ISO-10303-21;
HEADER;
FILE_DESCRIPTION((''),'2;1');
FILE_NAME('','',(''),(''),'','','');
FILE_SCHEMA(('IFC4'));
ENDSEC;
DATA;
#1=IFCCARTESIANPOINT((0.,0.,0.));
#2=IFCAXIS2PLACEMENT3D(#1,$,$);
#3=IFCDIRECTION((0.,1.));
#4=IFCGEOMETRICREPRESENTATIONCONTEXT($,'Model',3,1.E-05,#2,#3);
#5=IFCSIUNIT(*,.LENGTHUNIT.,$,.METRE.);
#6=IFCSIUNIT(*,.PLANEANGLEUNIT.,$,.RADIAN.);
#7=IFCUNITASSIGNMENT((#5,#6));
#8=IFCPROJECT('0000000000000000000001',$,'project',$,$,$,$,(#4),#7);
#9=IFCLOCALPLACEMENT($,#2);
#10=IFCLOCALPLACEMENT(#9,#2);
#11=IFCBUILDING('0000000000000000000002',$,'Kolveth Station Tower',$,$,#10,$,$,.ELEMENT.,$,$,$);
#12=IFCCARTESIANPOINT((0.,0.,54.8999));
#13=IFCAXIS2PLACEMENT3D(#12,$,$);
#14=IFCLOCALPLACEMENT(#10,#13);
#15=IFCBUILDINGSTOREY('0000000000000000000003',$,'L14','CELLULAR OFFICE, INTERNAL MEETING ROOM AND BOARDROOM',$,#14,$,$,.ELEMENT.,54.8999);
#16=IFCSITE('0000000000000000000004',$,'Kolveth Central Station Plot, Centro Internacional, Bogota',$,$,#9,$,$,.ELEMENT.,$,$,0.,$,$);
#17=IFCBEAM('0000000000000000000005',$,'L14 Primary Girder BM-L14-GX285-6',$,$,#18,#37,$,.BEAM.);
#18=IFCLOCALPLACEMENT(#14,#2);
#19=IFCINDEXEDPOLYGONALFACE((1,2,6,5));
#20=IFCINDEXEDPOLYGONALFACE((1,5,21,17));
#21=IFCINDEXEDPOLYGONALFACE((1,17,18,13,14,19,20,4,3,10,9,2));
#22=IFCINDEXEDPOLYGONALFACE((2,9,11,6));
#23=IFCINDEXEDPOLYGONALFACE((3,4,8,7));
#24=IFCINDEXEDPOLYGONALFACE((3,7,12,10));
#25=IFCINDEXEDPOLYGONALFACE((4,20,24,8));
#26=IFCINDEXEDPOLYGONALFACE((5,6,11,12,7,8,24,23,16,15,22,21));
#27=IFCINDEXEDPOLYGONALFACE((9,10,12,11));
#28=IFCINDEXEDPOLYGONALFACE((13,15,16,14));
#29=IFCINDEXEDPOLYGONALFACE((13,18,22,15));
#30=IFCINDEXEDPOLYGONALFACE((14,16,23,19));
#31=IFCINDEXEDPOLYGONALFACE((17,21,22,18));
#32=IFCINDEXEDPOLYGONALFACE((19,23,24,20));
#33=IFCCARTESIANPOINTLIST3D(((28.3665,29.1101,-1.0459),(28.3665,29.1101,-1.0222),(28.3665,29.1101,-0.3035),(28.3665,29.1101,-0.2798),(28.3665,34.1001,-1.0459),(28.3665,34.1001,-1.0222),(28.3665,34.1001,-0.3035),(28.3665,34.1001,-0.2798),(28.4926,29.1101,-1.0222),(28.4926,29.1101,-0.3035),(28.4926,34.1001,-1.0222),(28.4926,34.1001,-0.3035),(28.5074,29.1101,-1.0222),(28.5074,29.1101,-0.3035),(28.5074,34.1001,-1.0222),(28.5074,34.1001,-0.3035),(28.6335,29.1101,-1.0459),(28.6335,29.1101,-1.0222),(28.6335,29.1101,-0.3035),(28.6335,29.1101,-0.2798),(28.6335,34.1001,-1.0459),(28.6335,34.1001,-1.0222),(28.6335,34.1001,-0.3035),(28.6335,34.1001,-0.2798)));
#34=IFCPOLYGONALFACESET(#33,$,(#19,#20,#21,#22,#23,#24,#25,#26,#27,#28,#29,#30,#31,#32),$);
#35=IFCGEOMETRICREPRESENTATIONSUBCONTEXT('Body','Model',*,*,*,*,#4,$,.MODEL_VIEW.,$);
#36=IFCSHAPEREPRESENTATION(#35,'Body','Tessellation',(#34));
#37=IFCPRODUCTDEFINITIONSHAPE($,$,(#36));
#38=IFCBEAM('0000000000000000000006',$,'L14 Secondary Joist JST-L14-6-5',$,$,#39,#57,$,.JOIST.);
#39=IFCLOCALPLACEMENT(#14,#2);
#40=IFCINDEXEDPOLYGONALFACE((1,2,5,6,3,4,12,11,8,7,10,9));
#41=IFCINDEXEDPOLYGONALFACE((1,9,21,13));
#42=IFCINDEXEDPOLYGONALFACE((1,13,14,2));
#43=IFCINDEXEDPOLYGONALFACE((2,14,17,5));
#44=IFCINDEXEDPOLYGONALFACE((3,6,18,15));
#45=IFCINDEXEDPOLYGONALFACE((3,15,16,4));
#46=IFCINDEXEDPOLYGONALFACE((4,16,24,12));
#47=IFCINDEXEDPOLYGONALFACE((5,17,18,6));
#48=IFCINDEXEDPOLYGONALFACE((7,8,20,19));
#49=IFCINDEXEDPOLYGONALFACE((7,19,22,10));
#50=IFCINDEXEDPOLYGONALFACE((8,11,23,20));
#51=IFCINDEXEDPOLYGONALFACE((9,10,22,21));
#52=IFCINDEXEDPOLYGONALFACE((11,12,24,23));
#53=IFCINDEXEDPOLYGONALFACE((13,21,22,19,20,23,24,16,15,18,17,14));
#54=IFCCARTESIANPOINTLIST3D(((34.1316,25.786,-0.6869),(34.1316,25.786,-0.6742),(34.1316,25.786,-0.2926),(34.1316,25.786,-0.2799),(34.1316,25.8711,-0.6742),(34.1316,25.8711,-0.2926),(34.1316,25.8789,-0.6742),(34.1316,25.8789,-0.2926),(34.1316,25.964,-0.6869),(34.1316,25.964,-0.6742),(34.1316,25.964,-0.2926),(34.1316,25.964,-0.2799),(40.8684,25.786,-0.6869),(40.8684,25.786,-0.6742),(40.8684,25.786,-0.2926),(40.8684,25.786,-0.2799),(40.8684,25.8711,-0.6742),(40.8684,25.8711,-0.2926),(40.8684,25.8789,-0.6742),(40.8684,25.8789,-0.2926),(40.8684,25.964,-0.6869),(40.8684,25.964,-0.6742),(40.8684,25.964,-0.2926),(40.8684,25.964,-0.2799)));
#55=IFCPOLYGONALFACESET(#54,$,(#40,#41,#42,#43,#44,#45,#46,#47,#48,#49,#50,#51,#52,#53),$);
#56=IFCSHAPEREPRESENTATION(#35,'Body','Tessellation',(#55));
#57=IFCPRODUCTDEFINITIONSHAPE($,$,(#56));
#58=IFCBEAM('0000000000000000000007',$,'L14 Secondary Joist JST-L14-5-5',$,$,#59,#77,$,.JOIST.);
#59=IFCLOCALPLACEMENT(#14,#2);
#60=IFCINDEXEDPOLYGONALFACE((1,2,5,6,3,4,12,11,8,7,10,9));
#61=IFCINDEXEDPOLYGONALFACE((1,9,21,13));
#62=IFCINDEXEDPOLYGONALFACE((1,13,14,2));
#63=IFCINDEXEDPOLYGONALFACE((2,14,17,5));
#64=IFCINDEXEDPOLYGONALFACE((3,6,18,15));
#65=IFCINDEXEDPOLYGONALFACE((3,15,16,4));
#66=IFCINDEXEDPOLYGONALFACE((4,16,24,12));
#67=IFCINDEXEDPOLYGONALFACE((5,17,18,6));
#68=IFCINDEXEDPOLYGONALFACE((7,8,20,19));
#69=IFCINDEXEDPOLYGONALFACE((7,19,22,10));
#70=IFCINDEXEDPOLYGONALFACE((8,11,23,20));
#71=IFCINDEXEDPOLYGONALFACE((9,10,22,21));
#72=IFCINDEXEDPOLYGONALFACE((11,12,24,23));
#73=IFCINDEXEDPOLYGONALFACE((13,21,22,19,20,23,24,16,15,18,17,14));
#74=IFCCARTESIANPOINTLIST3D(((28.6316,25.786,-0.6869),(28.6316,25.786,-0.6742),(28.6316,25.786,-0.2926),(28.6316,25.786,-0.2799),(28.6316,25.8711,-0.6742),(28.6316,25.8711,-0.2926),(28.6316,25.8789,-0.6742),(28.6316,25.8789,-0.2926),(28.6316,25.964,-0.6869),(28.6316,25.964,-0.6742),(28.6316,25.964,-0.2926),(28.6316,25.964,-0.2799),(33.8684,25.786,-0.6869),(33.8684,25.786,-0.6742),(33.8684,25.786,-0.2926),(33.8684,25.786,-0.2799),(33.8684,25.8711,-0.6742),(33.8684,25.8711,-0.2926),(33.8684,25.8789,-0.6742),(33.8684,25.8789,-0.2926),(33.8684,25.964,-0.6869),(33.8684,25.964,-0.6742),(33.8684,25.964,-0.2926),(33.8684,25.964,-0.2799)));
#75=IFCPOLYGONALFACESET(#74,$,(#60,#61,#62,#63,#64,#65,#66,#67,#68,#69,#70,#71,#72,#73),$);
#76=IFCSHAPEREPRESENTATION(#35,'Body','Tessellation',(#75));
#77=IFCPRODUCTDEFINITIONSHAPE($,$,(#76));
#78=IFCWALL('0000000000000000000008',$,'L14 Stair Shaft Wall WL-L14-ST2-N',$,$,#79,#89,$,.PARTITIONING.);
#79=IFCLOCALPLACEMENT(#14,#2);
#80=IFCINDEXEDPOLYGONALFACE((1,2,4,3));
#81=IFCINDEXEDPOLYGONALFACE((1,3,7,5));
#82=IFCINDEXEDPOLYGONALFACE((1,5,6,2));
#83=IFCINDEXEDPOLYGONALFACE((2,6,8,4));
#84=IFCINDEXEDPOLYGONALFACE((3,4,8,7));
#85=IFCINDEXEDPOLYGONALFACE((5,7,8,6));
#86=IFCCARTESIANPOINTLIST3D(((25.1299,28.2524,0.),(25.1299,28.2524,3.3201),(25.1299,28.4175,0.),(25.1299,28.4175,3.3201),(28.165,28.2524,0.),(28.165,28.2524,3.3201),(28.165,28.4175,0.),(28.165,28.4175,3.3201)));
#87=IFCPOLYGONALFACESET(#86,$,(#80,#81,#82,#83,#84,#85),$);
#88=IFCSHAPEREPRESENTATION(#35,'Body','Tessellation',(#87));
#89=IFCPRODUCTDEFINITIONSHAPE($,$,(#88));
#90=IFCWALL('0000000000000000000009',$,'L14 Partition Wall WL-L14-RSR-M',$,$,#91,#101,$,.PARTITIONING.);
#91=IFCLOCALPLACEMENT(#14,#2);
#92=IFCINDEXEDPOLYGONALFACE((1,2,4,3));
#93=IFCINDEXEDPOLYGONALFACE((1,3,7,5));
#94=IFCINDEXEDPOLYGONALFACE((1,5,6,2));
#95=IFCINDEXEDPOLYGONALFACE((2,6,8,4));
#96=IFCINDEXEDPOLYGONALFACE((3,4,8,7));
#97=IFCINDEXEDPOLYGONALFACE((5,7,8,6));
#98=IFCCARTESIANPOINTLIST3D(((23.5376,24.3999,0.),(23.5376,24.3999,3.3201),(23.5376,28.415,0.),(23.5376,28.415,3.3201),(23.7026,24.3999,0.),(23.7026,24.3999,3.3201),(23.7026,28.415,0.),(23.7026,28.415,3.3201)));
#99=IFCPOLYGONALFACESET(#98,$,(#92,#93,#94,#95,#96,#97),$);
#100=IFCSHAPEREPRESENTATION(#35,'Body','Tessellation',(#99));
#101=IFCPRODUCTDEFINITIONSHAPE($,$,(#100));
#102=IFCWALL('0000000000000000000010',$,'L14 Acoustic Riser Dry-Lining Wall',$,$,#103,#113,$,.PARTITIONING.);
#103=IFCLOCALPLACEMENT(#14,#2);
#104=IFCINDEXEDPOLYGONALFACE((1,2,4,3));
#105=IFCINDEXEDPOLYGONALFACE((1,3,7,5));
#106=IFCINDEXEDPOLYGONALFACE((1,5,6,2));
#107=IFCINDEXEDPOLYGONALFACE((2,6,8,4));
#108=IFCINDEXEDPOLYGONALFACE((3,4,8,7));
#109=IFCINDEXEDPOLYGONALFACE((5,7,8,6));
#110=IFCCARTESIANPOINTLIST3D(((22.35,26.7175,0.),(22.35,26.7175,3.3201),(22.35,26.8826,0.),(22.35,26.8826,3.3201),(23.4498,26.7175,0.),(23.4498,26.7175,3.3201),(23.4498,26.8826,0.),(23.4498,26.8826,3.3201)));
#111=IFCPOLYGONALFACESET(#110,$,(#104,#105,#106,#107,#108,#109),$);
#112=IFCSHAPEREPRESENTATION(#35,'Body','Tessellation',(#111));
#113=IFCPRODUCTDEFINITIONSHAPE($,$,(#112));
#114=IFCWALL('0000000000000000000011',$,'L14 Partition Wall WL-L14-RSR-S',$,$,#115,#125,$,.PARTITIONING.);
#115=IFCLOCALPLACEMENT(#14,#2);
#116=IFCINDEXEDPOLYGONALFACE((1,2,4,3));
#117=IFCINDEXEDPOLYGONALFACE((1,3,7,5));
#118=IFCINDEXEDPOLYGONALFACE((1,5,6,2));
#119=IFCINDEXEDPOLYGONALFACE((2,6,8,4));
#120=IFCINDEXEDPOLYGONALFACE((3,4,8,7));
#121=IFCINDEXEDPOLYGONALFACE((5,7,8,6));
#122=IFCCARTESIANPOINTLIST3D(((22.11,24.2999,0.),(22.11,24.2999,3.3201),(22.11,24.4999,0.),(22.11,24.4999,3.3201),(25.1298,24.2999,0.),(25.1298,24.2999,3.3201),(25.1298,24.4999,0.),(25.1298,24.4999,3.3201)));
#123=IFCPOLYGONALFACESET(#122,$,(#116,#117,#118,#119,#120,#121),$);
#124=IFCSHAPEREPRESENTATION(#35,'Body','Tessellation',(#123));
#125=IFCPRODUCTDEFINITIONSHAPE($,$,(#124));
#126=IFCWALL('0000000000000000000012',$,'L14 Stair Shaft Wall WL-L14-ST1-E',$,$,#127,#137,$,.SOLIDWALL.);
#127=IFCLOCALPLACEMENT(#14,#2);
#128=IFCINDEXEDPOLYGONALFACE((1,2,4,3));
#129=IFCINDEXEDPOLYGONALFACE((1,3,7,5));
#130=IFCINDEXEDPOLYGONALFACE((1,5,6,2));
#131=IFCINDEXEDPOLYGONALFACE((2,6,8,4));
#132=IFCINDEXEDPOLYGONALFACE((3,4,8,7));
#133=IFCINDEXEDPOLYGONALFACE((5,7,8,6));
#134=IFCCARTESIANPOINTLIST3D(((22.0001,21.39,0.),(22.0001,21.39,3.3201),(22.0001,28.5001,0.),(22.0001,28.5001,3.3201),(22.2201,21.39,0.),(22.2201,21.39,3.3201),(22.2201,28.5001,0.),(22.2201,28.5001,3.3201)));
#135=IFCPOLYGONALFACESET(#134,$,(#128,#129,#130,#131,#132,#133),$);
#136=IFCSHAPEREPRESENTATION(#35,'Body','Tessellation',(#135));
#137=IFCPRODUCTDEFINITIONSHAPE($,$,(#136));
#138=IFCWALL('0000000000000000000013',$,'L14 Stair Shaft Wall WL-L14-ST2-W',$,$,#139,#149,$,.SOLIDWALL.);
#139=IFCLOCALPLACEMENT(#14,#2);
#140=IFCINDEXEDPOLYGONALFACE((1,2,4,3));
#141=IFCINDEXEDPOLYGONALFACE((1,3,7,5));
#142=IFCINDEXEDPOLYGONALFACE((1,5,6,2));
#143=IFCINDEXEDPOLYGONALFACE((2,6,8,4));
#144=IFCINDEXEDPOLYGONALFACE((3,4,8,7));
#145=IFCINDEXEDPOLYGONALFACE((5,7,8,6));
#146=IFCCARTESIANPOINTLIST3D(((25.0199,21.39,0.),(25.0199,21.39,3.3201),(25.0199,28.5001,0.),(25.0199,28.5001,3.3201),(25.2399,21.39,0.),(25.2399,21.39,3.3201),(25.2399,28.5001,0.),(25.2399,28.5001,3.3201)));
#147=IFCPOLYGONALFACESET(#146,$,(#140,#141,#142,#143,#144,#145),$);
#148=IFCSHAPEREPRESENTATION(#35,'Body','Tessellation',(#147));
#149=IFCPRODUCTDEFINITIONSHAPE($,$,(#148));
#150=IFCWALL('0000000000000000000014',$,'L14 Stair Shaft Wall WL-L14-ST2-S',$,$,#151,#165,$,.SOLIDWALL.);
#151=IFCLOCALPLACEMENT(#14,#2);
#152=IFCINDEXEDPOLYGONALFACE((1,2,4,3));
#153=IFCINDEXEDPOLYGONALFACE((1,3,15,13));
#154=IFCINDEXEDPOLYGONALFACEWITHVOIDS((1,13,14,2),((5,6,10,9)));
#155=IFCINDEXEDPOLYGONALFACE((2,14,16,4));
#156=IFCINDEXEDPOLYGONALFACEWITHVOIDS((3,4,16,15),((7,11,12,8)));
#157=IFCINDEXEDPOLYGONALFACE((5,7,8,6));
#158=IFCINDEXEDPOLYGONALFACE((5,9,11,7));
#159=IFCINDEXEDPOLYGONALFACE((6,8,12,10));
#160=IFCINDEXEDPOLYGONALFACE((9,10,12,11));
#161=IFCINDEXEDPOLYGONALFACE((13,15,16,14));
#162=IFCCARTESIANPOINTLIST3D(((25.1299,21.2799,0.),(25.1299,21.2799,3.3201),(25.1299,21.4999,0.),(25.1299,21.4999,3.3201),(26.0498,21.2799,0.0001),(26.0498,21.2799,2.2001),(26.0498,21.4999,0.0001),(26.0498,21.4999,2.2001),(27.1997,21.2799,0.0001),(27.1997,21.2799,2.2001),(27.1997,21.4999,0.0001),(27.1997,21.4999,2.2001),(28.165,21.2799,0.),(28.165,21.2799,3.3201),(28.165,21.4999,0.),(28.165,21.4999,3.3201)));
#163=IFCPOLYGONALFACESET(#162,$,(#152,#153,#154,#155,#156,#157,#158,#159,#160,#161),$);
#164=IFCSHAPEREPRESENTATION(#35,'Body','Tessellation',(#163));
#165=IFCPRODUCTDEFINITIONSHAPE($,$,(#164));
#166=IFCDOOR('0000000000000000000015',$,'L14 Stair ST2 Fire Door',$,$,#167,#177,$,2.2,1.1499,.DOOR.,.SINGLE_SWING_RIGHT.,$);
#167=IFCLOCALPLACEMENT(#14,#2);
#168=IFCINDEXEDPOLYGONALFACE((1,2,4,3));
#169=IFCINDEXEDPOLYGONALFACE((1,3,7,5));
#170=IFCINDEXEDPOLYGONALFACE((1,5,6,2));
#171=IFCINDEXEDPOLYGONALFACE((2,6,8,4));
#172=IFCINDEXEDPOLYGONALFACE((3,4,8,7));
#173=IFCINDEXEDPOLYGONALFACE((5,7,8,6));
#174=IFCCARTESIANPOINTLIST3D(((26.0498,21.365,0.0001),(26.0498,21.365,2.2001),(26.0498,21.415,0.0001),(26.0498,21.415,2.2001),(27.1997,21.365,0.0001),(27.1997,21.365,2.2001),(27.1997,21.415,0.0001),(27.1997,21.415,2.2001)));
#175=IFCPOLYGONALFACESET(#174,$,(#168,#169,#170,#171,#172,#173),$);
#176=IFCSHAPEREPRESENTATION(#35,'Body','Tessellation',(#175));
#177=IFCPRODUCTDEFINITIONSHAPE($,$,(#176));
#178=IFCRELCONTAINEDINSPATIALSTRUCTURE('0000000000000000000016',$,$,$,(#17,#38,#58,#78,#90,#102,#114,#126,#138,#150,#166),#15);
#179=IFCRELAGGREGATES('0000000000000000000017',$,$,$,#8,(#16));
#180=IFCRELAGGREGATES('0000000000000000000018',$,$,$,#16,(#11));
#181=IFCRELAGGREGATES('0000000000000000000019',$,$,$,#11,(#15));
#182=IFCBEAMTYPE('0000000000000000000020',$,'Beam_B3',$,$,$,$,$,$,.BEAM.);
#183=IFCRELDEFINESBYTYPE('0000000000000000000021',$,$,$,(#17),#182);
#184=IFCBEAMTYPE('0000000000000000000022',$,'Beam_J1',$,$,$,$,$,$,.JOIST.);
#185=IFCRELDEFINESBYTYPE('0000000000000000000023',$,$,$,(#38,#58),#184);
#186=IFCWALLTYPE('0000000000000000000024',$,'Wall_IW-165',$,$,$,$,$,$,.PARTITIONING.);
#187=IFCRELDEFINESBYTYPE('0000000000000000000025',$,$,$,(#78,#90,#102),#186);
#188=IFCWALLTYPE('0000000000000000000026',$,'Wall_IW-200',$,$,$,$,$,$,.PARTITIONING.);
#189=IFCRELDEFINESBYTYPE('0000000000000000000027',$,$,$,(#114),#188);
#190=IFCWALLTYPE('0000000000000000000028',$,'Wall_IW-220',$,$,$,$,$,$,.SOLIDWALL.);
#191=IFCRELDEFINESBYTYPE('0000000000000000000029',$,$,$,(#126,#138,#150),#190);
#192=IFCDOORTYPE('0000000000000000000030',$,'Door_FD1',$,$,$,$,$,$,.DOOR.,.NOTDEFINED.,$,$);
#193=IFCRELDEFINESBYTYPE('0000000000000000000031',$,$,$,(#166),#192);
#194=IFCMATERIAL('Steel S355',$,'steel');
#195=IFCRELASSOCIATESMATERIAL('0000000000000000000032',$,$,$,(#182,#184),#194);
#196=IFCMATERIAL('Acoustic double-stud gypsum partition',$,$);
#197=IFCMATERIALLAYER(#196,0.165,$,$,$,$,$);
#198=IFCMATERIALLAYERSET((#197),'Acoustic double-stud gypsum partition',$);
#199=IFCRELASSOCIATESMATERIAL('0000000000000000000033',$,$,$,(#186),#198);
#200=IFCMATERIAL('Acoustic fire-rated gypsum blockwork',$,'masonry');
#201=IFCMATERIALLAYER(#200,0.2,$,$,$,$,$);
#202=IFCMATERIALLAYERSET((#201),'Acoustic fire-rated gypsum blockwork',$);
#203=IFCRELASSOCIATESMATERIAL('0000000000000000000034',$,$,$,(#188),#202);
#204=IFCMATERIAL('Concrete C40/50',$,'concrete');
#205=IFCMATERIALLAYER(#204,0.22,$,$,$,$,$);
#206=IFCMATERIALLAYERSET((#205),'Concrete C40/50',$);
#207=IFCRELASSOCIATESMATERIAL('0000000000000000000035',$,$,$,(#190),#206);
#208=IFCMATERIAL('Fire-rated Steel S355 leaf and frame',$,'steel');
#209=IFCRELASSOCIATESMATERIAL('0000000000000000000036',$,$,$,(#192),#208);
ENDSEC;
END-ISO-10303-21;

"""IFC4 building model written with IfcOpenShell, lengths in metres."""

from ifc_helpers import new_model, si_unit, direction, frame, frame_2d, origin, origin_2d, place, context, subcontext, project, spatial, rectangle, i_section, extrude, source, transform, mapped, material, layer, layer_set, material_profile, profile_set, type_object, element, fill, save


model = new_model("IFC4")

# Units and contexts
model_context = context("Model", 3, precision=1e-05, world=origin(), true_north=direction((0.0, 1.0)))
body_context = subcontext(model_context, "Body", "Model", "MODEL_VIEW")
ifc_project = project(units=[si_unit("LENGTHUNIT", "METRE"), si_unit("PLANEANGLEUNIT", "RADIAN")], contexts=[model_context])

# Site, building, storey
site_placement = place(None, origin())
site = spatial("IfcSite", under=ifc_project, at=site_placement, Name="Kolveth Central Station Plot, Centro Internacional, Bogota", CompositionType="ELEMENT", RefElevation=0.0)
building_placement = place(site_placement, origin())
building = spatial("IfcBuilding", under=site, at=building_placement, Name="Kolveth Station Tower", CompositionType="ELEMENT")
storey_placement = place(building_placement, frame((0.0, 0.0, 54.8999)))
storey = spatial("IfcBuildingStorey", under=building, at=storey_placement, Name="L14", Description="CELLULAR OFFICE, INTERNAL MEETING ROOM AND BOARDROOM", CompositionType="ELEMENT", Elevation=54.8999)

# Beams
ifc_material_1 = material(Name="Steel S355", Category="steel")
ifc_material_profile_1 = material_profile(ifc_material_1, i_section(OverallWidth=0.2671, OverallDepth=0.7661, WebThickness=0.0149, FlangeThickness=0.0237, at=origin_2d()), Name="W760x185")
ifc_profile_set_1 = profile_set([ifc_material_profile_1], Name="Steel S355")
beam_type_1 = type_object("IfcBeamType", Name="Beam_B3", PredefinedType="BEAM", material=ifc_profile_set_1)
shared_shape_1 = source(origin(), body_context, "Body", "SweptSolid", [
    extrude(i_section(OverallWidth=0.2671, OverallDepth=0.7661, WebThickness=0.0149, FlangeThickness=0.0237, at=origin_2d()), origin(), (0.0, 0.0, 1.0), 4.99),
])
beam_1_placement = place(storey_placement, frame((28.5, 29.1101, -0.6628), z_axis=(0.0, 1.0, 0.0), x_axis=(-1.0, 0.0, 0.0)))
element("IfcBeam", 1, at=beam_1_placement, inside=storey, type_object=beam_type_1, Name="L14 Primary Girder BM-L14-GX285-6", PredefinedType="BEAM", context=body_context, shape_type="MappedRepresentation", body=[
    mapped(shared_shape_1, transform((0.0, 0.0, 0.0), x_axis=(1.0, 0.0, 0.0), y_axis=(0.0, 1.0, 0.0), z_axis=(0.0, 0.0, 1.0), scale=1.0)),
])
ifc_material_profile_2 = material_profile(ifc_material_1, i_section(OverallWidth=0.178, OverallDepth=0.407, WebThickness=0.0078, FlangeThickness=0.0127, at=origin_2d()), Name="W410x60")
ifc_profile_set_2 = profile_set([ifc_material_profile_2], Name="Steel S355")
beam_type_2 = type_object("IfcBeamType", Name="Beam_J1", PredefinedType="JOIST", material=ifc_profile_set_2)
shared_shape_2 = source(origin(), body_context, "Body", "SweptSolid", [
    extrude(i_section(OverallWidth=0.178, OverallDepth=0.407, WebThickness=0.0078, FlangeThickness=0.0127, at=origin_2d()), origin(), (0.0, 0.0, 1.0), 6.7368),
])
beam_2_placement = place(storey_placement, frame((34.1316, 25.875, -0.4834), z_axis=(1.0, 0.0, 0.0), x_axis=(0.0, 1.0, 0.0)))
element("IfcBeam", 2, at=beam_2_placement, inside=storey, type_object=beam_type_2, Name="L14 Secondary Joist JST-L14-6-5", PredefinedType="JOIST", context=body_context, shape_type="MappedRepresentation", body=[
    mapped(shared_shape_2, transform((0.0, 0.0, 0.0), x_axis=(1.0, 0.0, 0.0), y_axis=(0.0, 1.0, 0.0), z_axis=(0.0, 0.0, 1.0), scale=1.0)),
])
shared_shape_3 = source(origin(), body_context, "Body", "SweptSolid", [
    extrude(i_section(OverallWidth=0.178, OverallDepth=0.407, WebThickness=0.0078, FlangeThickness=0.0127, at=origin_2d()), origin(), (0.0, 0.0, 1.0), 5.2368),
])
beam_3_placement = place(storey_placement, frame((28.6316, 25.875, -0.4834), z_axis=(1.0, 0.0, 0.0), x_axis=(0.0, 1.0, 0.0)))
element("IfcBeam", 3, at=beam_3_placement, inside=storey, type_object=beam_type_2, Name="L14 Secondary Joist JST-L14-5-5", PredefinedType="JOIST", context=body_context, shape_type="MappedRepresentation", body=[
    mapped(shared_shape_3, transform((0.0, 0.0, 0.0), x_axis=(1.0, 0.0, 0.0), y_axis=(0.0, 1.0, 0.0), z_axis=(0.0, 0.0, 1.0), scale=1.0)),
])

# Walls
ifc_material_2 = material(Name="Acoustic double-stud gypsum partition")
ifc_layer_1 = layer(ifc_material_2, 0.165)
ifc_layer_set_1 = layer_set([ifc_layer_1], Name="Acoustic double-stud gypsum partition")
wall_type_1 = type_object("IfcWallType", Name="Wall_IW-165", PredefinedType="PARTITIONING", material=ifc_layer_set_1)
wall_1_placement = place(storey_placement, frame((25.1299, 28.335, 0.0), z_axis=(0.0, 0.0, 1.0), x_axis=(1.0, 0.0, 0.0)))
element("IfcWall", 4, at=wall_1_placement, inside=storey, type_object=wall_type_1, Name="L14 Stair Shaft Wall WL-L14-ST2-N", PredefinedType="PARTITIONING", context=body_context, shape_type="SweptSolid", body=[
    extrude(rectangle(XDim=3.0352, YDim=0.165, at=frame_2d((1.5176, 0.0))), origin(), (0.0, 0.0, 1.0), 3.3201),
])
wall_2_placement = place(storey_placement, frame((23.6201, 24.3999, 0.0), z_axis=(0.0, 0.0, 1.0), x_axis=(0.0, 1.0, 0.0)))
element("IfcWall", 5, at=wall_2_placement, inside=storey, type_object=wall_type_1, Name="L14 Partition Wall WL-L14-RSR-M", PredefinedType="PARTITIONING", context=body_context, shape_type="SweptSolid", body=[
    extrude(rectangle(XDim=4.0151, YDim=0.165, at=frame_2d((2.0076, 0.0))), origin(), (0.0, 0.0, 1.0), 3.3201),
])
wall_3_placement = place(storey_placement, frame((22.3501, 26.8, 0.0), z_axis=(0.0, 0.0, 1.0), x_axis=(1.0, 0.0, 0.0)))
element("IfcWall", 6, at=wall_3_placement, inside=storey, type_object=wall_type_1, Name="L14 Acoustic Riser Dry-Lining Wall", PredefinedType="PARTITIONING", context=body_context, shape_type="SweptSolid", body=[
    extrude(rectangle(XDim=1.0999, YDim=0.165, at=frame_2d((0.5498, 0.0))), origin(), (0.0, 0.0, 1.0), 3.3201),
])
ifc_material_3 = material(Name="Acoustic fire-rated gypsum blockwork", Category="masonry")
ifc_layer_2 = layer(ifc_material_3, 0.2)
ifc_layer_set_2 = layer_set([ifc_layer_2], Name="Acoustic fire-rated gypsum blockwork")
wall_type_2 = type_object("IfcWallType", Name="Wall_IW-200", PredefinedType="PARTITIONING", material=ifc_layer_set_2)
wall_4_placement = place(storey_placement, frame((22.1101, 24.3999, 0.0), z_axis=(0.0, 0.0, 1.0), x_axis=(1.0, 0.0, 0.0)))
element("IfcWall", 7, at=wall_4_placement, inside=storey, type_object=wall_type_2, Name="L14 Partition Wall WL-L14-RSR-S", PredefinedType="PARTITIONING", context=body_context, shape_type="SweptSolid", body=[
    extrude(rectangle(XDim=3.0198, YDim=0.2, at=frame_2d((1.5098, 0.0))), origin(), (0.0, 0.0, 1.0), 3.3201),
])
ifc_material_4 = material(Name="Concrete C40/50", Category="concrete")
ifc_layer_3 = layer(ifc_material_4, 0.22)
ifc_layer_set_3 = layer_set([ifc_layer_3], Name="Concrete C40/50")
wall_type_3 = type_object("IfcWallType", Name="Wall_IW-220", PredefinedType="SOLIDWALL", material=ifc_layer_set_3)
for number, where, z_axis, x_axis, name in (
    (8, (22.1101, 21.3899, 0.0), (0.0, 0.0, 1.0), (0.0, 1.0, 0.0), "L14 Stair Shaft Wall WL-L14-ST1-E"),
    (9, (25.1299, 21.3899, 0.0), (0.0, 0.0, 1.0), (0.0, 1.0, 0.0), "L14 Stair Shaft Wall WL-L14-ST2-W"),
):
    element("IfcWall", number, at=place(storey_placement, frame(where, z_axis=z_axis, x_axis=x_axis)), inside=storey, type_object=wall_type_3, Name=name, PredefinedType="SOLIDWALL", context=body_context, shape_type="SweptSolid", body=[
        extrude(rectangle(XDim=7.1101, YDim=0.22, at=frame_2d((3.5552, 0.0))), origin(), (0.0, 0.0, 1.0), 3.3201),
    ])

# Wall, opening, door
wall_5_placement = place(storey_placement, frame((25.1299, 21.3899, 0.0), z_axis=(0.0, 0.0, 1.0), x_axis=(1.0, 0.0, 0.0)))
wall_5 = element("IfcWall", 10, at=wall_5_placement, inside=storey, type_object=wall_type_3, Name="L14 Stair Shaft Wall WL-L14-ST2-S", PredefinedType="SOLIDWALL", context=body_context, shape_type="SweptSolid", body=[
    extrude(rectangle(XDim=3.0352, YDim=0.22, at=frame_2d((1.5176, 0.0))), origin(), (0.0, 0.0, 1.0), 3.3201),
])
opening_placement = place(wall_5_placement, frame((0.9199, 0.0, 0.0)))
opening = element("IfcOpeningElement", 11, at=opening_placement, cuts=wall_5, PredefinedType="OPENING", context=body_context, shape_type="SweptSolid", body=[
    extrude(rectangle(XDim=1.1499, YDim=2.2, at=frame_2d((0.575, 1.1001))), frame((0.0, 0.1199, 0.0), z_axis=(0.0, -1.0, 0.0), x_axis=(1.0, 0.0, 0.0)), (0.0, 0.0, 1.0), 0.24),
])
ifc_material_5 = material(Name="Fire-rated Steel S355 leaf and frame", Category="steel")
door_type = type_object("IfcDoorType", Name="Door_FD1", OperationType="NOTDEFINED", PredefinedType="DOOR", material=ifc_material_5)
door_placement = place(opening_placement, frame((1.1499, 0.0, 0.0), z_axis=(0.0, 0.0, 1.0), x_axis=(-1.0, 0.0, 0.0)))
door = element("IfcDoor", 12, at=door_placement, inside=storey, type_object=door_type, Name="L14 Stair ST2 Fire Door", OperationType="SINGLE_SWING_RIGHT", OverallHeight=2.2, OverallWidth=1.1499, PredefinedType="DOOR", context=body_context, shape_type="SweptSolid", body=[
    extrude(rectangle(XDim=1.1499, YDim=2.2, at=frame_2d((0.575, 1.1001))), frame((0.0, 0.0249, 0.0), z_axis=(0.0, -1.0, 0.0), x_axis=(1.0, 0.0, 0.0)), (0.0, 0.0, 1.0), 0.05),
])
fill(opening, door)

save(model, "model.ifc")
